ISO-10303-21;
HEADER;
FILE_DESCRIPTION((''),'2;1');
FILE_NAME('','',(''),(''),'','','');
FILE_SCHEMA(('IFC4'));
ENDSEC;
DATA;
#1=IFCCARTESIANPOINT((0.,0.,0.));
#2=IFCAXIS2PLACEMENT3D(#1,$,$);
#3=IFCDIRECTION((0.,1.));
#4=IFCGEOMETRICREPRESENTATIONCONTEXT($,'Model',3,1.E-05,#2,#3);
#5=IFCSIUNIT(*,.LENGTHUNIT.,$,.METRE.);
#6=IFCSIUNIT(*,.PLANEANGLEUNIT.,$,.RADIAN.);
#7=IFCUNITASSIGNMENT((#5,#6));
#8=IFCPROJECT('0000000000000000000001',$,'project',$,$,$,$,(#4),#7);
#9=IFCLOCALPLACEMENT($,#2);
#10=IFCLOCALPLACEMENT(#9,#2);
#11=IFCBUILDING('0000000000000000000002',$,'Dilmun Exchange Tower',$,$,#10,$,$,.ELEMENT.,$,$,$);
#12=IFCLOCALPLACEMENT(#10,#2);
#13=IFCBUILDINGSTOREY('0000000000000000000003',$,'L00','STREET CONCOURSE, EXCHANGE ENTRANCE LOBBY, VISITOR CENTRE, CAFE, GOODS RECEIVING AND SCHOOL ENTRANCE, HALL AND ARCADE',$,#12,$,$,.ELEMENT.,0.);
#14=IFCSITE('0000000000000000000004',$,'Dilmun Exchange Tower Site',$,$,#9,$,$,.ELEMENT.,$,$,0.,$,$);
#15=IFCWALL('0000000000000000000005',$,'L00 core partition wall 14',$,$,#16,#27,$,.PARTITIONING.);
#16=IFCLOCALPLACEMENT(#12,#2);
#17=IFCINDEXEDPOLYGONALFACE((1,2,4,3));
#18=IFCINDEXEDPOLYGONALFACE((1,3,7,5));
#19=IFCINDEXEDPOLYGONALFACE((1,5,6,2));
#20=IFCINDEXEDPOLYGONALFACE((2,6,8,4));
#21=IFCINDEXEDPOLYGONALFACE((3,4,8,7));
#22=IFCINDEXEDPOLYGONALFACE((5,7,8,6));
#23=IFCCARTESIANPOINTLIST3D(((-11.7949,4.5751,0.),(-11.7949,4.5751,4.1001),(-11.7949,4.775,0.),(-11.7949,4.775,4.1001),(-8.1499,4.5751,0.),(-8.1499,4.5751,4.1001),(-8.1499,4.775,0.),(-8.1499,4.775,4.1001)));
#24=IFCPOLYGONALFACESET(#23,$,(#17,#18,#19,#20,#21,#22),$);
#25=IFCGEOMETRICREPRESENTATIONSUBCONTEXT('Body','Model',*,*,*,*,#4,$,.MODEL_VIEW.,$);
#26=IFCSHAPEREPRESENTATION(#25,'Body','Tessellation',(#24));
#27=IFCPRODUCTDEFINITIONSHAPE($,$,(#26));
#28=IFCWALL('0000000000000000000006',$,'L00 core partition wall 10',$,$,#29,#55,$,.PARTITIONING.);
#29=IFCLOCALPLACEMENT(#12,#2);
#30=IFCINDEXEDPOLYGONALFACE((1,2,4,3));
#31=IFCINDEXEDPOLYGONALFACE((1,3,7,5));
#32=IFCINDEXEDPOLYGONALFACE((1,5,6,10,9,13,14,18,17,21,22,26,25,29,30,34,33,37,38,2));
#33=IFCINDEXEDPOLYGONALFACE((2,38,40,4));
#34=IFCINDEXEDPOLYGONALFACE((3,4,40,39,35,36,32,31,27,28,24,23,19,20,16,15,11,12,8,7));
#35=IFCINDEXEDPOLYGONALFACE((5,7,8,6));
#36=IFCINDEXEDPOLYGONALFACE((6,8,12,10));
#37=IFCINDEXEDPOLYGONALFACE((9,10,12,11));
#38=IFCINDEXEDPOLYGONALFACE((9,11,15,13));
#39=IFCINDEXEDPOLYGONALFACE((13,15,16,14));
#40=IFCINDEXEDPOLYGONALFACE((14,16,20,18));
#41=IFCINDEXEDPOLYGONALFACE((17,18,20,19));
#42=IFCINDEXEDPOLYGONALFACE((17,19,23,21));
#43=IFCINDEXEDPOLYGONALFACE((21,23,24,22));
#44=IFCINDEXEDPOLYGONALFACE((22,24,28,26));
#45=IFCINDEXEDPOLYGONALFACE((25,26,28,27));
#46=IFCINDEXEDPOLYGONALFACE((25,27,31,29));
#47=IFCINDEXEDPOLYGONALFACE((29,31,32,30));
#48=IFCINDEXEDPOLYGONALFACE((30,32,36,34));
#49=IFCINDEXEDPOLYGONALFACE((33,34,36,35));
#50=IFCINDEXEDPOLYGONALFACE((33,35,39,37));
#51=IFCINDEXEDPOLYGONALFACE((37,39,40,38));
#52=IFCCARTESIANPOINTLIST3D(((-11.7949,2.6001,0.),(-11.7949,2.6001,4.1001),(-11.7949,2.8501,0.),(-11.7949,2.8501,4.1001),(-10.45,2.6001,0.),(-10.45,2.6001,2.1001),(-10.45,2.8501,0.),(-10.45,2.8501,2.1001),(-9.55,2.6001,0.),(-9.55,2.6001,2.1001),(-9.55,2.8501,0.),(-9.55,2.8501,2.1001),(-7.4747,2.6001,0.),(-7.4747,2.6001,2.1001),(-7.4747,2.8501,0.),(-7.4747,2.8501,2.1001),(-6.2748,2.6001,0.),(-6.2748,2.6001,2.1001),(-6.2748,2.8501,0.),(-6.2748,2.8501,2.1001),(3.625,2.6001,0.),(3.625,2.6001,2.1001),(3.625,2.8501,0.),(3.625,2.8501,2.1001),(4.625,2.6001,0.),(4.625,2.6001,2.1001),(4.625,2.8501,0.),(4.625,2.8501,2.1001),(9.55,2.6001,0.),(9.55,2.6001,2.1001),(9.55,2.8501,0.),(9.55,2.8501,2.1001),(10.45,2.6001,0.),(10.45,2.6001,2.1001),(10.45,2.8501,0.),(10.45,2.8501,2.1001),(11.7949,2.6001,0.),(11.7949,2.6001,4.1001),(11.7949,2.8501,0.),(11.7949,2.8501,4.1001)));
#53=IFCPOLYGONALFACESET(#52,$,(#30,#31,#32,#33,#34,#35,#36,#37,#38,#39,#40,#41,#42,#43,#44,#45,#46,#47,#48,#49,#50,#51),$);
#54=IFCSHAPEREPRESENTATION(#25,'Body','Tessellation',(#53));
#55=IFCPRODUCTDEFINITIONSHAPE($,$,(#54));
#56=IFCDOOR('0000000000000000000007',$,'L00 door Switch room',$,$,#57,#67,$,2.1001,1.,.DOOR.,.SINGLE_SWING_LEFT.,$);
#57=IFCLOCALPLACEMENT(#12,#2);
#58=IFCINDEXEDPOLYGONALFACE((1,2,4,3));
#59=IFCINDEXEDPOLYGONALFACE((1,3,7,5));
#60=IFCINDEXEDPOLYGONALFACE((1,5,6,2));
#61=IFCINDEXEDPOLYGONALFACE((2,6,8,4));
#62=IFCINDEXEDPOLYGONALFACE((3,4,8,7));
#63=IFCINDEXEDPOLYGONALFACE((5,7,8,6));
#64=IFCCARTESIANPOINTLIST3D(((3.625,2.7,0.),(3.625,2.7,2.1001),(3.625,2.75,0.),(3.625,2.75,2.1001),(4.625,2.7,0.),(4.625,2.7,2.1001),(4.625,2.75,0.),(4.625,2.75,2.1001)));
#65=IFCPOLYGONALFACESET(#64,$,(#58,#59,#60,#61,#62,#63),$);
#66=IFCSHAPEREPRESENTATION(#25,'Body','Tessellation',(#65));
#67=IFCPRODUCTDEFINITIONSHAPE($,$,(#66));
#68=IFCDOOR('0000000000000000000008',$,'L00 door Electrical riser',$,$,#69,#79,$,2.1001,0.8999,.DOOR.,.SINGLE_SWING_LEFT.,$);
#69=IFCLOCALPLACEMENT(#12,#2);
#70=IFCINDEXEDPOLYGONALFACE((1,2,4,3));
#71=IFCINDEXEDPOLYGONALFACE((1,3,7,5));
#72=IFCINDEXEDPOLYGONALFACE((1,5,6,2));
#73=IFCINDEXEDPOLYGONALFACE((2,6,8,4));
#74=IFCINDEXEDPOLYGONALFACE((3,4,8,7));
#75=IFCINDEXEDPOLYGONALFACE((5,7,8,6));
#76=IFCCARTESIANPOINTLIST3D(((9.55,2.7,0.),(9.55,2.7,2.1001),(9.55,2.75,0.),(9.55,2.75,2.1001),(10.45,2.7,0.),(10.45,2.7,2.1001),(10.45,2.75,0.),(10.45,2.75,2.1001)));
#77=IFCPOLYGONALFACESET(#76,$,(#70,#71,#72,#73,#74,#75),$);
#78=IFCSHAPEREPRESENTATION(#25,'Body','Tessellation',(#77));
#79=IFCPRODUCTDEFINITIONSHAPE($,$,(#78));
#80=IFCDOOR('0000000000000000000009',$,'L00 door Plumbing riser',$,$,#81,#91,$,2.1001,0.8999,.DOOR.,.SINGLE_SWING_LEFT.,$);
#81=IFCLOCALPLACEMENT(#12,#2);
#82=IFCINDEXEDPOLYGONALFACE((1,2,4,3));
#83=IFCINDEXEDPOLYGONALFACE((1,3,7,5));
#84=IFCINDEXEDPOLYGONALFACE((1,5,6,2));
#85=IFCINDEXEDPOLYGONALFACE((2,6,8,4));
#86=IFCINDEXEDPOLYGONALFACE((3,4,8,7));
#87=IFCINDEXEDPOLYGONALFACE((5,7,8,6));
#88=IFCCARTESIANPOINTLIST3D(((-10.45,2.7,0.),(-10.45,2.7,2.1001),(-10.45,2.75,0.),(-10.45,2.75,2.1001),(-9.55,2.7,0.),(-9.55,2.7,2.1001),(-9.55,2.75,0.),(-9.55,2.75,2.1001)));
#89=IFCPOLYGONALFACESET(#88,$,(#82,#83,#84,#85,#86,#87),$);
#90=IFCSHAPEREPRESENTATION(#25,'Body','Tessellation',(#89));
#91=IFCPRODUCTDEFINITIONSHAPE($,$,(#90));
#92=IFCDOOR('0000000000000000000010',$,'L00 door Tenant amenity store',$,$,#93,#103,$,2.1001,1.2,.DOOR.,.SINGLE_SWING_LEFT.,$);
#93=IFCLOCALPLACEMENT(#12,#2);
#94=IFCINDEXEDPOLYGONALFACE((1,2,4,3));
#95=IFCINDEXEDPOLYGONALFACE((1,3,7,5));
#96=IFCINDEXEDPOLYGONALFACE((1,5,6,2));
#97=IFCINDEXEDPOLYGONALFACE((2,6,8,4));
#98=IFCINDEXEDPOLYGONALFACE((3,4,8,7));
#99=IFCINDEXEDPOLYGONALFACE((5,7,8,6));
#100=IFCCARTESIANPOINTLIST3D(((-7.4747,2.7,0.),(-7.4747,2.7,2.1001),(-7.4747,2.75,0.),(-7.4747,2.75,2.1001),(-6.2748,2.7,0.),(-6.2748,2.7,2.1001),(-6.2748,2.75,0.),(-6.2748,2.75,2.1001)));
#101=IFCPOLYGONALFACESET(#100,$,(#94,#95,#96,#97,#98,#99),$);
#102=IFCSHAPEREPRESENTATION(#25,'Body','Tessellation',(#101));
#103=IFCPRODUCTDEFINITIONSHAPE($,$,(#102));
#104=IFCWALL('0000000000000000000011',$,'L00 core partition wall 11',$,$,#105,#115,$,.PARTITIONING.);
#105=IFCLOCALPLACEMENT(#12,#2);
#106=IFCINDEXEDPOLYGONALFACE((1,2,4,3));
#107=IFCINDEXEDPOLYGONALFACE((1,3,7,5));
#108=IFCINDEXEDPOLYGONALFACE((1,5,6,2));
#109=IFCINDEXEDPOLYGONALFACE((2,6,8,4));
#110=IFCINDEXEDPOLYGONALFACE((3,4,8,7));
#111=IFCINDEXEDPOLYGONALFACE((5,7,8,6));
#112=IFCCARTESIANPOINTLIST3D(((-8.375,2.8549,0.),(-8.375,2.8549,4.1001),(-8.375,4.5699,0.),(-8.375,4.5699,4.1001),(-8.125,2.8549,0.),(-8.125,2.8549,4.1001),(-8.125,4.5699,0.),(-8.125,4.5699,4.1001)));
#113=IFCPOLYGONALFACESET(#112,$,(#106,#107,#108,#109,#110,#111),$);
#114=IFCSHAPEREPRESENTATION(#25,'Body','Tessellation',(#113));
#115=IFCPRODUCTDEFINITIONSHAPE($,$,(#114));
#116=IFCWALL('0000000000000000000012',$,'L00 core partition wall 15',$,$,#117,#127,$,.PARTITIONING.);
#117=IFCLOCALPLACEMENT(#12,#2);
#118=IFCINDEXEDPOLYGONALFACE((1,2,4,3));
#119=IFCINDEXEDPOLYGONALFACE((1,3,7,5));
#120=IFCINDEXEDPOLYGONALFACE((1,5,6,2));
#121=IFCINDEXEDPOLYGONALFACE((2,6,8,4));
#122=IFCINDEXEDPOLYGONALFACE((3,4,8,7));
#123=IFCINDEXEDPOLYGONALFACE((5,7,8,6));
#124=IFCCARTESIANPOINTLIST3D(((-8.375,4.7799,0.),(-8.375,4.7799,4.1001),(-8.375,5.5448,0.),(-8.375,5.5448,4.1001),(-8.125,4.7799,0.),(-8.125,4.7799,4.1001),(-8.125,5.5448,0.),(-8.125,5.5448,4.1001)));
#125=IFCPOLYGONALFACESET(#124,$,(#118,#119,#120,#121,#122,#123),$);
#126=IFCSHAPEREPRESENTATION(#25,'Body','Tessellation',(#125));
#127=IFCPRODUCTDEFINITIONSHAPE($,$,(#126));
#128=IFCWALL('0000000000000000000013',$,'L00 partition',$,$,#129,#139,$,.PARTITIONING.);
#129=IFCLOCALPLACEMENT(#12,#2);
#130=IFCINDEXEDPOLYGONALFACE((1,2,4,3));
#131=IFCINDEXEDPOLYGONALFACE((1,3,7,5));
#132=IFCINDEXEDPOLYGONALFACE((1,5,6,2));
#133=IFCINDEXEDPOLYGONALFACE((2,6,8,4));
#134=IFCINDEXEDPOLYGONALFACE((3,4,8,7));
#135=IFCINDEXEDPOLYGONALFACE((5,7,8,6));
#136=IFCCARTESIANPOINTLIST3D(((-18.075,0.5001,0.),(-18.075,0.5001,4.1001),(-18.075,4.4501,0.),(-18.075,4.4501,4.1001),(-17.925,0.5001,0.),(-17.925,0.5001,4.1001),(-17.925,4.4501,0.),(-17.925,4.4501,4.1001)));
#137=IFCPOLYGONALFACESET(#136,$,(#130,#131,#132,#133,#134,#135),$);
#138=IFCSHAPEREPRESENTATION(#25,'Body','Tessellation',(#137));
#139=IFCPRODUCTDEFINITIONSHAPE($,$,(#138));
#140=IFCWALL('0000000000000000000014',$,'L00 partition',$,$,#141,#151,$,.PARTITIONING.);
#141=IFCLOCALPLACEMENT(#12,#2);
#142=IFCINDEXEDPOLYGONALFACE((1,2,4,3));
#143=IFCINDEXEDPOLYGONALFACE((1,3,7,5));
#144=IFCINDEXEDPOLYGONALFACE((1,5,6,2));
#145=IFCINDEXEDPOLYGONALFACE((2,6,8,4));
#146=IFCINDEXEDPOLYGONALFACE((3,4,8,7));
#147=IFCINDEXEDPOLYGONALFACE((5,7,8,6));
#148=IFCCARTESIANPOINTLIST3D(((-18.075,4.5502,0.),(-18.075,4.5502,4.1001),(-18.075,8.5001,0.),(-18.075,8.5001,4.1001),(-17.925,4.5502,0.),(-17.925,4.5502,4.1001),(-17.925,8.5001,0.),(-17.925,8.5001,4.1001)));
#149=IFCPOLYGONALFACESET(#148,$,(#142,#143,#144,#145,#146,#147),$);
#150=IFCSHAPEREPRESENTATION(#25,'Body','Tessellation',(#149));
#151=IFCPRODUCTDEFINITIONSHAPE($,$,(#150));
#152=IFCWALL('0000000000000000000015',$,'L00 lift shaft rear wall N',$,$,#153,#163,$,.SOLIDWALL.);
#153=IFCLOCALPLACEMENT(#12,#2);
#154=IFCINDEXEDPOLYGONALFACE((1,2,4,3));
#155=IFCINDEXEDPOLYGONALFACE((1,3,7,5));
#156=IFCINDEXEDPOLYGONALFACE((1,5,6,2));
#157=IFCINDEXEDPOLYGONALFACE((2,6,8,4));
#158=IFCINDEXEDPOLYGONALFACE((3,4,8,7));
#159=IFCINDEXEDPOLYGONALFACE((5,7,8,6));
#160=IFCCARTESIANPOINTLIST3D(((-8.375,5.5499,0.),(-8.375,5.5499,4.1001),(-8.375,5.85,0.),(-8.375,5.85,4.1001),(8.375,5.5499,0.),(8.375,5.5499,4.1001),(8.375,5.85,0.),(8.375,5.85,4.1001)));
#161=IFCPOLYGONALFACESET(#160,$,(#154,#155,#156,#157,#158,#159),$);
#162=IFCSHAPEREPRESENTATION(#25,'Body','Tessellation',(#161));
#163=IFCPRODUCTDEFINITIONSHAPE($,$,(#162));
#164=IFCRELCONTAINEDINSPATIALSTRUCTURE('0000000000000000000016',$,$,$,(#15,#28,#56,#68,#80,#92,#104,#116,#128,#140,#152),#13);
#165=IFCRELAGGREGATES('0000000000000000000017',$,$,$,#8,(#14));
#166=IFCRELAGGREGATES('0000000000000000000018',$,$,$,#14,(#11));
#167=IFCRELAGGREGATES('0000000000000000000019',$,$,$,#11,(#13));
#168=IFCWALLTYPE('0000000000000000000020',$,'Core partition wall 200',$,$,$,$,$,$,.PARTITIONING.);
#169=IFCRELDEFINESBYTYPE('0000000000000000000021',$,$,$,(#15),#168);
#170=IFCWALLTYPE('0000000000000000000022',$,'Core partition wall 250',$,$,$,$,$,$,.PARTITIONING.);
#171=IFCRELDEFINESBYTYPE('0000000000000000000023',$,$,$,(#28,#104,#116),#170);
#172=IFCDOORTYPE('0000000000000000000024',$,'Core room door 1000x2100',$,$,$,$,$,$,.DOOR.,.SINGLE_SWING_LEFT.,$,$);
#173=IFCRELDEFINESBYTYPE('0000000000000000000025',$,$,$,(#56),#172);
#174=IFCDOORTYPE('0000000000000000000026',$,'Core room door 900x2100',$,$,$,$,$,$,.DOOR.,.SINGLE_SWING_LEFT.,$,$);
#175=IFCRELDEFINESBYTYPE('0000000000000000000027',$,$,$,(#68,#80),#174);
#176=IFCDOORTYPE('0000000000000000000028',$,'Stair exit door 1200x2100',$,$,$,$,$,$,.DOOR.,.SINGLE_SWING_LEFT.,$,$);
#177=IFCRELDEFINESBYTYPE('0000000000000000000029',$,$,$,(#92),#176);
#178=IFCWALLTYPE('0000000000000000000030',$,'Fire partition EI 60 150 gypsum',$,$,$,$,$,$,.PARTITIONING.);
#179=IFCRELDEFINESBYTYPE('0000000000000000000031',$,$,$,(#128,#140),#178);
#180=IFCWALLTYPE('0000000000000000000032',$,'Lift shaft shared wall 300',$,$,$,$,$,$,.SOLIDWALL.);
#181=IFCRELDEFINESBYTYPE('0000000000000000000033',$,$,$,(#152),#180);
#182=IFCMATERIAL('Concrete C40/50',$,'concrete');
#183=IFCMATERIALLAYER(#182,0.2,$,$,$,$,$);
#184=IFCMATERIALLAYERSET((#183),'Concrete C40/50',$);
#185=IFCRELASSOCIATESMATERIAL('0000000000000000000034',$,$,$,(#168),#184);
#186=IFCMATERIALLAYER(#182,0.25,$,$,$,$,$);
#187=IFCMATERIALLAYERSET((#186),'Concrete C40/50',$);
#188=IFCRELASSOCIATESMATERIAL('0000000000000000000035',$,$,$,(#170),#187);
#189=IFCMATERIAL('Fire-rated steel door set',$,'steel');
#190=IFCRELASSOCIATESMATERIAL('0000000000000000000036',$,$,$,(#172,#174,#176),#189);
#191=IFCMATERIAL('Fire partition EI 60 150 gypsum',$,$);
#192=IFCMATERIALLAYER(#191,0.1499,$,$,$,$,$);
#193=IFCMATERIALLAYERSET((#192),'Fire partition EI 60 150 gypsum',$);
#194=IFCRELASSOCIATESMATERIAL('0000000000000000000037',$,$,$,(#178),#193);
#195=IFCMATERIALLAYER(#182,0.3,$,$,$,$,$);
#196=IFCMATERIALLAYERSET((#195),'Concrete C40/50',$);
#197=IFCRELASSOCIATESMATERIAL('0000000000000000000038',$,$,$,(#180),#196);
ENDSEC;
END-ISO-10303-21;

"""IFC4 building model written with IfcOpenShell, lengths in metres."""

from ifc_helpers import new_model, si_unit, direction, frame, frame_2d, origin, place, context, subcontext, project, spatial, rectangle, extrude, material, layer, layer_set, type_object, element, fill, save


model = new_model("IFC4")

# Units and contexts
model_context = context("Model", 3, precision=1e-05, world=origin(), true_north=direction((0.0, 1.0)))
body_context = subcontext(model_context, "Body", "Model", "MODEL_VIEW")
ifc_project = project(units=[si_unit("LENGTHUNIT", "METRE"), si_unit("PLANEANGLEUNIT", "RADIAN")], contexts=[model_context])

# Site, building, storey
site_placement = place(None, origin())
site = spatial("IfcSite", under=ifc_project, at=site_placement, Name="Dilmun Exchange Tower Site", CompositionType="ELEMENT", RefElevation=0.0)
building_placement = place(site_placement, origin())
building = spatial("IfcBuilding", under=site, at=building_placement, Name="Dilmun Exchange Tower", CompositionType="ELEMENT")
storey_placement = place(building_placement, origin())
storey = spatial("IfcBuildingStorey", under=building, at=storey_placement, Name="L00", Description="STREET CONCOURSE, EXCHANGE ENTRANCE LOBBY, VISITOR CENTRE, CAFE, GOODS RECEIVING AND SCHOOL ENTRANCE, HALL AND ARCADE", CompositionType="ELEMENT", Elevation=0.0)

# Wall
ifc_material_1 = material(Name="Concrete C40/50", Category="concrete")
ifc_layer_1 = layer(ifc_material_1, 0.2)
ifc_layer_set_1 = layer_set([ifc_layer_1], Name="Concrete C40/50")
wall_type_1 = type_object("IfcWallType", Name="Core partition wall 200", PredefinedType="PARTITIONING", material=ifc_layer_set_1)
wall_1_placement = place(storey_placement, frame((-11.7949, 4.675, 0.0), z_axis=(0.0, 0.0, 1.0), x_axis=(1.0, 0.0, 0.0)))
element("IfcWall", 1, at=wall_1_placement, inside=storey, type_object=wall_type_1, Name="L00 core partition wall 14", PredefinedType="PARTITIONING", context=body_context, shape_type="SweptSolid", body=[
    extrude(rectangle(XDim=3.645, YDim=0.2, at=frame_2d((1.8225, 0.0))), origin(), (0.0, 0.0, 1.0), 4.1001),
])

# Wall, openings, doors
ifc_layer_2 = layer(ifc_material_1, 0.25)
ifc_layer_set_2 = layer_set([ifc_layer_2], Name="Concrete C40/50")
wall_type_2 = type_object("IfcWallType", Name="Core partition wall 250", PredefinedType="PARTITIONING", material=ifc_layer_set_2)
wall_2_placement = place(storey_placement, frame((-11.7949, 2.7251, 0.0), z_axis=(0.0, 0.0, 1.0), x_axis=(1.0, 0.0, 0.0)))
wall_2 = element("IfcWall", 2, at=wall_2_placement, inside=storey, type_object=wall_type_2, Name="L00 core partition wall 10", PredefinedType="PARTITIONING", context=body_context, shape_type="SweptSolid", body=[
    extrude(rectangle(XDim=23.5898, YDim=0.25, at=frame_2d((11.7949, 0.0))), origin(), (0.0, 0.0, 1.0), 4.1001),
])
opening_1_placement = place(wall_2_placement, frame((21.345, 0.0, 0.0)))
opening_1 = element("IfcOpeningElement", 3, at=opening_1_placement, cuts=wall_2, PredefinedType="OPENING", context=body_context, shape_type="SweptSolid", body=[
    extrude(rectangle(XDim=0.8999, YDim=2.1001, at=frame_2d((0.45, 1.05))), frame((0.0, 0.135, 0.0), z_axis=(0.0, -1.0, 0.0), x_axis=(1.0, 0.0, 0.0)), (0.0, 0.0, 1.0), 0.27),
])
opening_2_placement = place(wall_2_placement, frame((1.345, 0.0, 0.0)))
opening_2 = element("IfcOpeningElement", 4, at=opening_2_placement, cuts=wall_2, PredefinedType="OPENING", context=body_context, shape_type="SweptSolid", body=[
    extrude(rectangle(XDim=0.8999, YDim=2.1001, at=frame_2d((0.45, 1.05))), frame((0.0, 0.135, 0.0), z_axis=(0.0, -1.0, 0.0), x_axis=(1.0, 0.0, 0.0)), (0.0, 0.0, 1.0), 0.27),
])
opening_3_placement = place(wall_2_placement, frame((4.3201, 0.0, 0.0)))
opening_3 = element("IfcOpeningElement", 5, at=opening_3_placement, cuts=wall_2, PredefinedType="OPENING", context=body_context, shape_type="SweptSolid", body=[
    extrude(rectangle(XDim=1.2, YDim=2.1001, at=frame_2d((0.6001, 1.05))), frame((0.0, 0.135, 0.0), z_axis=(0.0, -1.0, 0.0), x_axis=(1.0, 0.0, 0.0)), (0.0, 0.0, 1.0), 0.27),
])
opening_4_placement = place(wall_2_placement, frame((15.4199, 0.0, 0.0)))
opening_4 = element("IfcOpeningElement", 6, at=opening_4_placement, cuts=wall_2, PredefinedType="OPENING", context=body_context, shape_type="SweptSolid", body=[
    extrude(rectangle(XDim=1.0, YDim=2.1001, at=frame_2d((0.5, 1.05))), frame((0.0, 0.135, 0.0), z_axis=(0.0, -1.0, 0.0), x_axis=(1.0, 0.0, 0.0)), (0.0, 0.0, 1.0), 0.27),
])
ifc_material_2 = material(Name="Fire-rated steel door set", Category="steel")
door_type_1 = type_object("IfcDoorType", Name="Core room door 1000x2100", OperationType="SINGLE_SWING_LEFT", PredefinedType="DOOR", material=ifc_material_2)
door_1_placement = place(opening_4_placement, origin())
door_1 = element("IfcDoor", 7, at=door_1_placement, inside=storey, type_object=door_type_1, Name="L00 door Switch room", OperationType="SINGLE_SWING_LEFT", OverallHeight=2.1001, OverallWidth=1.0, PredefinedType="DOOR", context=body_context, shape_type="SweptSolid", body=[
    extrude(rectangle(XDim=1.0, YDim=2.1001, at=frame_2d((0.5, 1.05))), frame((0.0, 0.0249, 0.0), z_axis=(0.0, -1.0, 0.0), x_axis=(1.0, 0.0, 0.0)), (0.0, 0.0, 1.0), 0.05),
])
fill(opening_4, door_1)
door_type_2 = type_object("IfcDoorType", Name="Core room door 900x2100", OperationType="SINGLE_SWING_LEFT", PredefinedType="DOOR", material=ifc_material_2)
door_2_placement = place(opening_1_placement, origin())
door_2 = element("IfcDoor", 8, at=door_2_placement, inside=storey, type_object=door_type_2, Name="L00 door Electrical riser", OperationType="SINGLE_SWING_LEFT", OverallHeight=2.1001, OverallWidth=0.8999, PredefinedType="DOOR", context=body_context, shape_type="SweptSolid", body=[
    extrude(rectangle(XDim=0.8999, YDim=2.1001, at=frame_2d((0.45, 1.05))), frame((0.0, 0.0249, 0.0), z_axis=(0.0, -1.0, 0.0), x_axis=(1.0, 0.0, 0.0)), (0.0, 0.0, 1.0), 0.05),
])
fill(opening_1, door_2)
door_3_placement = place(opening_2_placement, origin())
door_3 = element("IfcDoor", 9, at=door_3_placement, inside=storey, type_object=door_type_2, Name="L00 door Plumbing riser", OperationType="SINGLE_SWING_LEFT", OverallHeight=2.1001, OverallWidth=0.8999, PredefinedType="DOOR", context=body_context, shape_type="SweptSolid", body=[
    extrude(rectangle(XDim=0.8999, YDim=2.1001, at=frame_2d((0.45, 1.05))), frame((0.0, 0.0249, 0.0), z_axis=(0.0, -1.0, 0.0), x_axis=(1.0, 0.0, 0.0)), (0.0, 0.0, 1.0), 0.05),
])
fill(opening_2, door_3)
door_type_3 = type_object("IfcDoorType", Name="Stair exit door 1200x2100", OperationType="SINGLE_SWING_LEFT", PredefinedType="DOOR", material=ifc_material_2)
door_4_placement = place(opening_3_placement, origin())
door_4 = element("IfcDoor", 10, at=door_4_placement, inside=storey, type_object=door_type_3, Name="L00 door Tenant amenity store", OperationType="SINGLE_SWING_LEFT", OverallHeight=2.1001, OverallWidth=1.2, PredefinedType="DOOR", context=body_context, shape_type="SweptSolid", body=[
    extrude(rectangle(XDim=1.2, YDim=2.1001, at=frame_2d((0.6001, 1.05))), frame((0.0, 0.0249, 0.0), z_axis=(0.0, -1.0, 0.0), x_axis=(1.0, 0.0, 0.0)), (0.0, 0.0, 1.0), 0.05),
])
fill(opening_3, door_4)

# Walls
wall_3_placement = place(storey_placement, frame((-8.25, 2.855, 0.0), z_axis=(0.0, 0.0, 1.0), x_axis=(0.0, 1.0, 0.0)))
element("IfcWall", 11, at=wall_3_placement, inside=storey, type_object=wall_type_2, Name="L00 core partition wall 11", PredefinedType="PARTITIONING", context=body_context, shape_type="SweptSolid", body=[
    extrude(rectangle(XDim=1.7151, YDim=0.25, at=frame_2d((0.8574, 0.0))), origin(), (0.0, 0.0, 1.0), 4.1001),
])
wall_4_placement = place(storey_placement, frame((-8.25, 4.78, 0.0), z_axis=(0.0, 0.0, 1.0), x_axis=(0.0, 1.0, 0.0)))
element("IfcWall", 12, at=wall_4_placement, inside=storey, type_object=wall_type_2, Name="L00 core partition wall 15", PredefinedType="PARTITIONING", context=body_context, shape_type="SweptSolid", body=[
    extrude(rectangle(XDim=0.7649, YDim=0.25, at=frame_2d((0.3823, 0.0))), origin(), (0.0, 0.0, 1.0), 4.1001),
])
ifc_material_3 = material(Name="Fire partition EI 60 150 gypsum")
ifc_layer_3 = layer(ifc_material_3, 0.1499)
ifc_layer_set_3 = layer_set([ifc_layer_3], Name="Fire partition EI 60 150 gypsum")
wall_type_3 = type_object("IfcWallType", Name="Fire partition EI 60 150 gypsum", PredefinedType="PARTITIONING", material=ifc_layer_set_3)
for number, where, z_axis, x_axis, name in (
    (13, (-18.0, 0.5, 0.0), (0.0, 0.0, 1.0), (0.0, 1.0, 0.0), "L00 partition"),
    (14, (-18.0, 4.55, 0.0), (0.0, 0.0, 1.0), (0.0, 1.0, 0.0), "L00 partition"),
):
    element("IfcWall", number, at=place(storey_placement, frame(where, z_axis=z_axis, x_axis=x_axis)), inside=storey, type_object=wall_type_3, Name=name, PredefinedType="PARTITIONING", context=body_context, shape_type="SweptSolid", body=[
        extrude(rectangle(XDim=3.95, YDim=0.1499, at=frame_2d((1.9751, 0.0))), origin(), (0.0, 0.0, 1.0), 4.1001),
    ])
ifc_layer_4 = layer(ifc_material_1, 0.3)
ifc_layer_set_4 = layer_set([ifc_layer_4], Name="Concrete C40/50")
wall_type_4 = type_object("IfcWallType", Name="Lift shaft shared wall 300", PredefinedType="SOLIDWALL", material=ifc_layer_set_4)
wall_5_placement = place(storey_placement, frame((-8.375, 5.7, 0.0), z_axis=(0.0, 0.0, 1.0), x_axis=(1.0, 0.0, 0.0)))
element("IfcWall", 15, at=wall_5_placement, inside=storey, type_object=wall_type_4, Name="L00 lift shaft rear wall N", PredefinedType="SOLIDWALL", context=body_context, shape_type="SweptSolid", body=[
    extrude(rectangle(XDim=16.75, YDim=0.3, at=frame_2d((8.375, 0.0))), origin(), (0.0, 0.0, 1.0), 4.1001),
])

save(model, "model.ifc")
